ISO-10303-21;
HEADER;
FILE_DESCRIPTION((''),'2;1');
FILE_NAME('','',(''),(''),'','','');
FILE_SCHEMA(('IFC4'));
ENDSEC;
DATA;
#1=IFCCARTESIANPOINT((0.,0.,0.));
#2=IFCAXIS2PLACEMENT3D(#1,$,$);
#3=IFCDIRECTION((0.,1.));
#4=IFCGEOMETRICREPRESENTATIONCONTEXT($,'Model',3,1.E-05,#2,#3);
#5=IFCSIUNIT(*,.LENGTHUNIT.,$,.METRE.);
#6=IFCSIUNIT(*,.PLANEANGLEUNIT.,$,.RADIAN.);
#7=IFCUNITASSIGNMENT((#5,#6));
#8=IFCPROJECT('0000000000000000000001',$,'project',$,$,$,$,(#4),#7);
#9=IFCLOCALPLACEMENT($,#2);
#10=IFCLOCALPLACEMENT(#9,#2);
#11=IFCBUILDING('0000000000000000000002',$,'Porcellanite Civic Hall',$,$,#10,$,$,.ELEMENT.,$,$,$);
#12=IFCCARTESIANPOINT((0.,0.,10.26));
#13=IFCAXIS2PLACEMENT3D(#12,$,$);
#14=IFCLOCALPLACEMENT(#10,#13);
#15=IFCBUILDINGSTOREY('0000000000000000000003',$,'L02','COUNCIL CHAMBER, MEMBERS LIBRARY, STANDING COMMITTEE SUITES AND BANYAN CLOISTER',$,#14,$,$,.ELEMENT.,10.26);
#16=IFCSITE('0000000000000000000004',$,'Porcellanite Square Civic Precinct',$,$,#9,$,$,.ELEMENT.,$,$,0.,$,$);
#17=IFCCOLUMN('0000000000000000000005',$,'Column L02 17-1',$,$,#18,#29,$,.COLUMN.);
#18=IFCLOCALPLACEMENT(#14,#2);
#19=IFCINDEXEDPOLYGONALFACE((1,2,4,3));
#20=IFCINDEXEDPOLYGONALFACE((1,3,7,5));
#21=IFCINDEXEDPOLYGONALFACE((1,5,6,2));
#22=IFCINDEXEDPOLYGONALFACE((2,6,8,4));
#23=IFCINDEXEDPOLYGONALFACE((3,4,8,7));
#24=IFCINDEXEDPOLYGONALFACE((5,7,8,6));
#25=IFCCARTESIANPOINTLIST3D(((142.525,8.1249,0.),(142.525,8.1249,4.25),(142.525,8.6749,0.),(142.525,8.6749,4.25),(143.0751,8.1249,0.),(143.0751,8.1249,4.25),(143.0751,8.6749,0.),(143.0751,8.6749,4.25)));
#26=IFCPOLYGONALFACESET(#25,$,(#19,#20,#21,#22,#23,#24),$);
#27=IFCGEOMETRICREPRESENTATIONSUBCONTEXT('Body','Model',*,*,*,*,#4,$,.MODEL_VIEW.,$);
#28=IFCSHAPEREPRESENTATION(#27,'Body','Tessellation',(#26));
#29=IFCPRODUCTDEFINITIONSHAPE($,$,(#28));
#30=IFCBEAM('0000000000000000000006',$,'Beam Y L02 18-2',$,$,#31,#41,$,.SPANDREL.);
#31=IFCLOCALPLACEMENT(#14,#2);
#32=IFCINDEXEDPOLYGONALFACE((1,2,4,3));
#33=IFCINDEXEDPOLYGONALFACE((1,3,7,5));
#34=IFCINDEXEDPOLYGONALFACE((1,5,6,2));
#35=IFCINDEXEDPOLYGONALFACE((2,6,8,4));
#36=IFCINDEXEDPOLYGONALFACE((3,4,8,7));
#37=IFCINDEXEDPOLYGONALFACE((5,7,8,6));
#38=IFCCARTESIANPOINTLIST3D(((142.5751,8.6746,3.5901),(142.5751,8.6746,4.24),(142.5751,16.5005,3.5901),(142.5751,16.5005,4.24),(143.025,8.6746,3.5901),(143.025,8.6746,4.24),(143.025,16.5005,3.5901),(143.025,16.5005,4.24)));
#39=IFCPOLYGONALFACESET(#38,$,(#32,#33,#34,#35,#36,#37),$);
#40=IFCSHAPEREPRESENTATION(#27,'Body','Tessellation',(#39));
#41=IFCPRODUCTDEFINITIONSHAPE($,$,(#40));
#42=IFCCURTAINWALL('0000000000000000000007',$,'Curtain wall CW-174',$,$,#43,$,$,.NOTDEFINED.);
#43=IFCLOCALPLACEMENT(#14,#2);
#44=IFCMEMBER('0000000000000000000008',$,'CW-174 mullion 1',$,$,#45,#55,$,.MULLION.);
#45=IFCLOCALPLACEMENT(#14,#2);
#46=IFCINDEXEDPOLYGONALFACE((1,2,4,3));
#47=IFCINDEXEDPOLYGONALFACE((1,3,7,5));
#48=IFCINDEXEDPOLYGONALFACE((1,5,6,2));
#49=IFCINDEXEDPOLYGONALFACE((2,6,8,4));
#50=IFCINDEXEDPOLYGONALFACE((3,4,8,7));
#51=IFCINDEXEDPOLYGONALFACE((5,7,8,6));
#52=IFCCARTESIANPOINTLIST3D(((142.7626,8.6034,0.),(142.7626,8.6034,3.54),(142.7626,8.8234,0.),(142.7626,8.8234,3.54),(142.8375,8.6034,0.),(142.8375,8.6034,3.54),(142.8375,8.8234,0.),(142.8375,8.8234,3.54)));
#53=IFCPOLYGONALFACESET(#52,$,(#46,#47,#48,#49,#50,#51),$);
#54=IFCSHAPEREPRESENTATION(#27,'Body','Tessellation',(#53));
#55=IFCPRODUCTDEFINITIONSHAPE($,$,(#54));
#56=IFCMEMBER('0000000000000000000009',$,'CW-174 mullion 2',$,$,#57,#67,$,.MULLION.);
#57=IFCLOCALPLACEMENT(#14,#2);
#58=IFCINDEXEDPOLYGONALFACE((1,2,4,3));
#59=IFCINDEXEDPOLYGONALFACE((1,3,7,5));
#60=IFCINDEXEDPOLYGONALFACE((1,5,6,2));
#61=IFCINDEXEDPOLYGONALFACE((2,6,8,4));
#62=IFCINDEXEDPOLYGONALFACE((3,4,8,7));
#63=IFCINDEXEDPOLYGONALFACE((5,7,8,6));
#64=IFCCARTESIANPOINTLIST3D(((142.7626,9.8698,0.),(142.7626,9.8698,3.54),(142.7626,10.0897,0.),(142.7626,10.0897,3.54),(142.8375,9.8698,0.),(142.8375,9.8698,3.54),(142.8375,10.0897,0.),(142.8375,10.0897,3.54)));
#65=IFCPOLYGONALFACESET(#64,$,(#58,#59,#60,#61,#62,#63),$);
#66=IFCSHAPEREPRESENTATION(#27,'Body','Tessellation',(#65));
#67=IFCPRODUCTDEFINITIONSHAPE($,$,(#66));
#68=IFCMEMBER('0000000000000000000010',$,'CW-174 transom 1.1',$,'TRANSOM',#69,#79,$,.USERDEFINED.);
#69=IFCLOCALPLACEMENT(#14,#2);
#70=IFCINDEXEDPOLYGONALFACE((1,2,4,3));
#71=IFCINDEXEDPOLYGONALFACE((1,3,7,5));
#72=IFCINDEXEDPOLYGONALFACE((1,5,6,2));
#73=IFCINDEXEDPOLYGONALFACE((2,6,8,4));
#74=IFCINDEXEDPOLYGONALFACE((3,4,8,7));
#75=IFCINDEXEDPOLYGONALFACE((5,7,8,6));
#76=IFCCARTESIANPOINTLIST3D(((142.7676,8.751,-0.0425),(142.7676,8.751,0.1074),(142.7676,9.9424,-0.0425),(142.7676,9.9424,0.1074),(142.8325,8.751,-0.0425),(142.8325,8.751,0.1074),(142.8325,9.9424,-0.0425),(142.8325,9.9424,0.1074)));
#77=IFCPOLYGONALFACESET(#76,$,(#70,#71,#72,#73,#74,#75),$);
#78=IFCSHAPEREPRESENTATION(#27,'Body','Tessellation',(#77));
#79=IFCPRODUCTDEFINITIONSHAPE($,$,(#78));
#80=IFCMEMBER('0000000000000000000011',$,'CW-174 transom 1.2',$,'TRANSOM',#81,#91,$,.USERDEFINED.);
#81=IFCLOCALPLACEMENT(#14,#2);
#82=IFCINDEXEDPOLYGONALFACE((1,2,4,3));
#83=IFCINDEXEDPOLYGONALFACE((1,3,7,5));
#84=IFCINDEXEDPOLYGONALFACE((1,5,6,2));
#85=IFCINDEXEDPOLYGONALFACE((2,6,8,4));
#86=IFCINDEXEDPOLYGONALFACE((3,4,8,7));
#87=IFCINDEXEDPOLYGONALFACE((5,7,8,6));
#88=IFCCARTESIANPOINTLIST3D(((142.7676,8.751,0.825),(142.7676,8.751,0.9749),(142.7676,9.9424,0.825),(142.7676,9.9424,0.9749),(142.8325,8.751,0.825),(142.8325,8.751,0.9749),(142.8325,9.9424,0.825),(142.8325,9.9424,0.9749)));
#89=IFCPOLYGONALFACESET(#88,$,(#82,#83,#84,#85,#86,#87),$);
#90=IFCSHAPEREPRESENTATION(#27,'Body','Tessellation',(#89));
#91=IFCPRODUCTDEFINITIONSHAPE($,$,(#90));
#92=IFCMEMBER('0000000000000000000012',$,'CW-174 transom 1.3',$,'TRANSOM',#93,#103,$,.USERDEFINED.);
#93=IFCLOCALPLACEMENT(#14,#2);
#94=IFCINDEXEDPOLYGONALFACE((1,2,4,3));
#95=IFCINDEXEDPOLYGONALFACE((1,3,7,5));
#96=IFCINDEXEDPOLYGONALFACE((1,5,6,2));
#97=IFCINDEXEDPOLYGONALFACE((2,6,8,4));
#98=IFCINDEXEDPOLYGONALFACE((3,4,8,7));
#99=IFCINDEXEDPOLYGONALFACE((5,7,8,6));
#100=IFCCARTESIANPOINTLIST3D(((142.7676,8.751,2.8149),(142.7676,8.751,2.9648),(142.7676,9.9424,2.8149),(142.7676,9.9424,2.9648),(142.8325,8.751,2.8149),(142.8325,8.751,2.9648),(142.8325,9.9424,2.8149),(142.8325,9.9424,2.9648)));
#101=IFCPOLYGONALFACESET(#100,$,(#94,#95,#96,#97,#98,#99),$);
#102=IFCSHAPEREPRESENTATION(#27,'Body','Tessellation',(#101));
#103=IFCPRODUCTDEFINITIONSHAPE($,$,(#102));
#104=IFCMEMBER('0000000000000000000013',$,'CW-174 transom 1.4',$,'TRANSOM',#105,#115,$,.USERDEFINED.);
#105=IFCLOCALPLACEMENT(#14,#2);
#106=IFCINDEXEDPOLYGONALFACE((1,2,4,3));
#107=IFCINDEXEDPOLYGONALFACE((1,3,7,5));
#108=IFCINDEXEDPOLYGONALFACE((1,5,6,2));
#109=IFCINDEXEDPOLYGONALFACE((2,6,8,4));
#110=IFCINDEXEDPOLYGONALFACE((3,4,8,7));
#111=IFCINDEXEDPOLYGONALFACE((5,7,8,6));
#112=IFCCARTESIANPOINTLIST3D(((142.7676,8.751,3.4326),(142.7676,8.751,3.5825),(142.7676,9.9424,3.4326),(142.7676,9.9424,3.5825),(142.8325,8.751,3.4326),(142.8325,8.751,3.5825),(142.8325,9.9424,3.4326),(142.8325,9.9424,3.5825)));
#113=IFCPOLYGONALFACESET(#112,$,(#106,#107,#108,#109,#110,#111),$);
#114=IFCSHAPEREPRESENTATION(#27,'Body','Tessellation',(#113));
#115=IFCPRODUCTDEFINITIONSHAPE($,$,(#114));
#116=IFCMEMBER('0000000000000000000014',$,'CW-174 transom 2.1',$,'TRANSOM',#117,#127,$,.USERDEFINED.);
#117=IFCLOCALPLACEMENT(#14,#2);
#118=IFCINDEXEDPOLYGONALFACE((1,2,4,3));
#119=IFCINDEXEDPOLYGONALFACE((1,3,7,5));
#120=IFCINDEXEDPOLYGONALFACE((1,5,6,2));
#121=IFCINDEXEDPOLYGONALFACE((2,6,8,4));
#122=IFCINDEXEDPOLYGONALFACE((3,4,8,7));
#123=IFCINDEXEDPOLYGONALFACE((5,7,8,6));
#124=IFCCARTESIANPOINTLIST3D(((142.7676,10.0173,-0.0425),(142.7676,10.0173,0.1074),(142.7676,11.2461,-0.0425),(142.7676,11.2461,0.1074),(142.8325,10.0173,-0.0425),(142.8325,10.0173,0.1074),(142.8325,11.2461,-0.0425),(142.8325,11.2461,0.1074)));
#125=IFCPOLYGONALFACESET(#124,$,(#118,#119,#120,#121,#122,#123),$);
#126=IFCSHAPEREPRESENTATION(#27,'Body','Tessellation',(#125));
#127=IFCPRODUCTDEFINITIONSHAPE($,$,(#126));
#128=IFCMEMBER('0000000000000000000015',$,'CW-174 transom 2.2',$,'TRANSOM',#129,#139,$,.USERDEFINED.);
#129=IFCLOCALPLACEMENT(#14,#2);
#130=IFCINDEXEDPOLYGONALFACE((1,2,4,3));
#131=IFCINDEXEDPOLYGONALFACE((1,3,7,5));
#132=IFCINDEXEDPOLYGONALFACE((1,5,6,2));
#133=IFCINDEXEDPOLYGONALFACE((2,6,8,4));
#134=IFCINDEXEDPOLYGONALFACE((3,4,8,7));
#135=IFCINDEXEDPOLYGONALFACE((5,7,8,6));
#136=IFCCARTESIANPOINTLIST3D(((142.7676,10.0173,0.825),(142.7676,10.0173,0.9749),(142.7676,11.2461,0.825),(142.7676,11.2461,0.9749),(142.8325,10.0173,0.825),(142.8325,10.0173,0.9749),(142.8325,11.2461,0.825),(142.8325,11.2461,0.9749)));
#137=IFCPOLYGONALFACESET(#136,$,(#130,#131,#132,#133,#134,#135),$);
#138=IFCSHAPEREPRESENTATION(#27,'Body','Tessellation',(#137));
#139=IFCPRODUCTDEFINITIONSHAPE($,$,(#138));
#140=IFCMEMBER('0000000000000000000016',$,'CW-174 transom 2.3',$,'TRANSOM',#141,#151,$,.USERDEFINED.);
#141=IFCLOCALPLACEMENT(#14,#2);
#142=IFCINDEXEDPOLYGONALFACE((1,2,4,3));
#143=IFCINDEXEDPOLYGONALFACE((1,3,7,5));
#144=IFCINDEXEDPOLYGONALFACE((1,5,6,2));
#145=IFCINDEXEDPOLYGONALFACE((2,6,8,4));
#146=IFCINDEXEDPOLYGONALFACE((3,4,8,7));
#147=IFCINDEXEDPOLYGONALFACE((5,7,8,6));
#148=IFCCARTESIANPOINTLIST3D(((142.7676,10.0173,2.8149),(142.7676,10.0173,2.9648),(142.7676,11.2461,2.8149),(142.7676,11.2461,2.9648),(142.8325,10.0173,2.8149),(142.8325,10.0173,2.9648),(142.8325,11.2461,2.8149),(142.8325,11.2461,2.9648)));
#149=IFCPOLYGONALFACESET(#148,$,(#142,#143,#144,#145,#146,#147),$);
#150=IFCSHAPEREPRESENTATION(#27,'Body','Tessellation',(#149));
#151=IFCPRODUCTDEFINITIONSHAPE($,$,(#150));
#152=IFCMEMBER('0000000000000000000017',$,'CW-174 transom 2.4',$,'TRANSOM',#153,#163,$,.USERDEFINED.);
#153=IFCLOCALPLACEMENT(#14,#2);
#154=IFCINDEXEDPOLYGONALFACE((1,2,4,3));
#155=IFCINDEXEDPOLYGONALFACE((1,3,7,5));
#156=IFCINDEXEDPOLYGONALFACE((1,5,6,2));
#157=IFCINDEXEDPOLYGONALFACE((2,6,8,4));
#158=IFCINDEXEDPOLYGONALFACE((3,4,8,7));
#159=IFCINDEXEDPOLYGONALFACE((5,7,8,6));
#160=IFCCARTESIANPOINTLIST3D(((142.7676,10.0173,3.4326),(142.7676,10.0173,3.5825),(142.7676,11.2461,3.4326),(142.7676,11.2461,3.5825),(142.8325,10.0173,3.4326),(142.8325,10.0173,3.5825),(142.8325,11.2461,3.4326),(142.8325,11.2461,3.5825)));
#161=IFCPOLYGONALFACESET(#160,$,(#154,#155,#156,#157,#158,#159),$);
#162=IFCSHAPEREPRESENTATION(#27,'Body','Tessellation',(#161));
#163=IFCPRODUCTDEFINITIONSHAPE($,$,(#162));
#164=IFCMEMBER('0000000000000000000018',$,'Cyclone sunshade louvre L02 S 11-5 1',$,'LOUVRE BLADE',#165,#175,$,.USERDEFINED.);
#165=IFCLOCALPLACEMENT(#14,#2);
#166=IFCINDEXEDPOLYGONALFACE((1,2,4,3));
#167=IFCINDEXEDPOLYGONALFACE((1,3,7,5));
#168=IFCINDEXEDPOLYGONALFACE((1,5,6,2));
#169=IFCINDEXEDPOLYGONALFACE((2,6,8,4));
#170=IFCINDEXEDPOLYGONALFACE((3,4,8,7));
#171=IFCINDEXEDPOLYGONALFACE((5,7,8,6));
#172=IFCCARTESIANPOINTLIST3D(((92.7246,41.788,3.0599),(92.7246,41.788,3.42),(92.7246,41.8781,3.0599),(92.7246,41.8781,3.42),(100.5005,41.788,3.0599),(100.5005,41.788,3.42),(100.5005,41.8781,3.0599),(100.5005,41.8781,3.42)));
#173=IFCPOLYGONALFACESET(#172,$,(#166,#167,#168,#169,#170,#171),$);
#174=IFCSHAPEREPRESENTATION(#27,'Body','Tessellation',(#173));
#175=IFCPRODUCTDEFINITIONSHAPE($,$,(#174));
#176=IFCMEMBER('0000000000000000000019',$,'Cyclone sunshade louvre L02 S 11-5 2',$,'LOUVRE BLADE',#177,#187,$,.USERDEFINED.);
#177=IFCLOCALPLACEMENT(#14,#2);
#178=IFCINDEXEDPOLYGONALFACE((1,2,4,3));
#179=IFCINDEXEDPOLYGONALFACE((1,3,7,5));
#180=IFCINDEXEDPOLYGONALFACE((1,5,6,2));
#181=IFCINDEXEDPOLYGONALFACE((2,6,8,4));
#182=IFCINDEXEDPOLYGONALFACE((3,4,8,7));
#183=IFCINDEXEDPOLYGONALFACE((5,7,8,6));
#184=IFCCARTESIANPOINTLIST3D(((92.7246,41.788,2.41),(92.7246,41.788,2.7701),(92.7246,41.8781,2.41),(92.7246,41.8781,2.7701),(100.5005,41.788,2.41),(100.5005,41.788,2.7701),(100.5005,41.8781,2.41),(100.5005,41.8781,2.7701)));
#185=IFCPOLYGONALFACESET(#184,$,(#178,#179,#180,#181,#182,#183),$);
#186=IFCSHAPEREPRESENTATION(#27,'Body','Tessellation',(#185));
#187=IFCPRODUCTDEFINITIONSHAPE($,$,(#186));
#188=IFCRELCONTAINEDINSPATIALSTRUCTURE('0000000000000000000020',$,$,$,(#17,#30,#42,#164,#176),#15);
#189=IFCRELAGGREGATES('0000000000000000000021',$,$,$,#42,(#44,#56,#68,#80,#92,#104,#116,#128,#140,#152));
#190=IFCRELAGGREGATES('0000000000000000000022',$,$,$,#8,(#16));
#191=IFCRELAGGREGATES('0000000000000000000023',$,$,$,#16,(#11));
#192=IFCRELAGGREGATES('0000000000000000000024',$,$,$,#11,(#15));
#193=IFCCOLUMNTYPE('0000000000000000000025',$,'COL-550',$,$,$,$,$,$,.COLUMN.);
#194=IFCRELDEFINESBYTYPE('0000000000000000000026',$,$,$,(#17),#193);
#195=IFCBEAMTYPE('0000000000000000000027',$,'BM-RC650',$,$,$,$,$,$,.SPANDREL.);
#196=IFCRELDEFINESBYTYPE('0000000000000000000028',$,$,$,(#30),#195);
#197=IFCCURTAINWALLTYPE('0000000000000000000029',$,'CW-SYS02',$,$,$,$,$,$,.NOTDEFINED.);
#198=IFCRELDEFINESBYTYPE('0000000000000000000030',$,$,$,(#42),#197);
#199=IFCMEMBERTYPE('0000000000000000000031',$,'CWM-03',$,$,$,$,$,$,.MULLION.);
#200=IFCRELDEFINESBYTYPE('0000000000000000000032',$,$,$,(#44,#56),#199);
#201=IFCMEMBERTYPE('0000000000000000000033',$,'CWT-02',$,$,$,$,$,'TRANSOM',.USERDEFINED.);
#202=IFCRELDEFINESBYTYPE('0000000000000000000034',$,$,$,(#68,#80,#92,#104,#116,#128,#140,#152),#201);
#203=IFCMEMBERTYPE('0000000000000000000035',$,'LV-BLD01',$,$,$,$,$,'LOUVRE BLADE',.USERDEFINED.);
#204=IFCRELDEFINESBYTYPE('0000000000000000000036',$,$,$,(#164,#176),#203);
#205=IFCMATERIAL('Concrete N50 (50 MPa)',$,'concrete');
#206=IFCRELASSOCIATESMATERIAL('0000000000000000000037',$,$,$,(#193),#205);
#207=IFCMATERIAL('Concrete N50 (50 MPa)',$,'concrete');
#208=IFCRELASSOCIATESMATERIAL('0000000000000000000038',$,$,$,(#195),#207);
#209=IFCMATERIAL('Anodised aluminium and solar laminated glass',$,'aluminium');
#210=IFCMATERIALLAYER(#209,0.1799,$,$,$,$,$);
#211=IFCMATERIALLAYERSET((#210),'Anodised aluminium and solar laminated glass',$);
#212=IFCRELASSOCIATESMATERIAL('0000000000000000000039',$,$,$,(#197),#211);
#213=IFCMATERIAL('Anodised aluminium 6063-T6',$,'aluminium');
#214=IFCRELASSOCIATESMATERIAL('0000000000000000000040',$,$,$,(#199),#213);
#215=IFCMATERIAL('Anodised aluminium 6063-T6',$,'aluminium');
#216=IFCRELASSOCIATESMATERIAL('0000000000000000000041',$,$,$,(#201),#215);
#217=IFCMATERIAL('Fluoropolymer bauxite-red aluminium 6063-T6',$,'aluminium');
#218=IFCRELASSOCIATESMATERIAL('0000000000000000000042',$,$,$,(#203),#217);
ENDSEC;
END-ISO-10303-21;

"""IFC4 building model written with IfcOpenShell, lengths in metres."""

from ifc_helpers import new_model, si_unit, direction, frame, origin, origin_2d, place, context, subcontext, project, spatial, rectangle, extrude, material, layer, layer_set, material_profile, profile_set, type_object, element, aggregate, save


model = new_model("IFC4")

# Units and contexts
model_context = context("Model", 3, precision=1e-05, world=origin(), true_north=direction((0.0, 1.0)))
body_context = subcontext(model_context, "Body", "Model", "MODEL_VIEW")
ifc_project = project(units=[si_unit("LENGTHUNIT", "METRE"), si_unit("PLANEANGLEUNIT", "RADIAN")], contexts=[model_context])

# Site, building, storey
site_placement = place(None, origin())
site = spatial("IfcSite", under=ifc_project, at=site_placement, Name="Porcellanite Square Civic Precinct", CompositionType="ELEMENT", RefElevation=0.0)
building_placement = place(site_placement, origin())
building = spatial("IfcBuilding", under=site, at=building_placement, Name="Porcellanite Civic Hall", CompositionType="ELEMENT")
storey_placement = place(building_placement, frame((0.0, 0.0, 10.26)))
storey = spatial("IfcBuildingStorey", under=building, at=storey_placement, Name="L02", Description="COUNCIL CHAMBER, MEMBERS LIBRARY, STANDING COMMITTEE SUITES AND BANYAN CLOISTER", CompositionType="ELEMENT", Elevation=10.26)

# Column
ifc_material_1 = material(Name="Concrete N50 (50 MPa)", Category="concrete")
ifc_material_profile_1 = material_profile(ifc_material_1, rectangle(XDim=0.55, YDim=0.55, at=origin_2d()), Name="RC-550x550")
ifc_profile_set_1 = profile_set([ifc_material_profile_1], Name="Concrete N50 (50 MPa)")
column_type = type_object("IfcColumnType", Name="COL-550", PredefinedType="COLUMN", material=ifc_profile_set_1)
column_placement = place(storey_placement, frame((142.8, 8.3999, 0.0), z_axis=(0.0, 0.0, 1.0), x_axis=(1.0, 0.0, 0.0)))
element("IfcColumn", 1, at=column_placement, inside=storey, type_object=column_type, Name="Column L02 17-1", PredefinedType="COLUMN", context=body_context, shape_type="SweptSolid", body=[
    extrude(rectangle(XDim=0.55, YDim=0.55, at=origin_2d()), origin(), (0.0, 0.0, 1.0), 4.25),
])

# Beam
ifc_material_2 = material(Name="Concrete N50 (50 MPa)", Category="concrete")
ifc_material_profile_2 = material_profile(ifc_material_2, rectangle(XDim=0.45, YDim=0.6499, at=origin_2d()), Name="RC-450x650")
ifc_profile_set_2 = profile_set([ifc_material_profile_2], Name="Concrete N50 (50 MPa)")
beam_type = type_object("IfcBeamType", Name="BM-RC650", PredefinedType="SPANDREL", material=ifc_profile_set_2)
beam_placement = place(storey_placement, frame((142.8, 8.6746, 3.915), z_axis=(0.0, 1.0, 0.0), x_axis=(-1.0, 0.0, 0.0)))
element("IfcBeam", 2, at=beam_placement, inside=storey, type_object=beam_type, Name="Beam Y L02 18-2", PredefinedType="SPANDREL", context=body_context, shape_type="SweptSolid", body=[
    extrude(rectangle(XDim=0.45, YDim=0.6499, at=origin_2d()), origin(), (0.0, 0.0, 1.0), 7.8259),
])

# Curtain wall, members
ifc_material_3 = material(Name="Anodised aluminium and solar laminated glass", Category="aluminium")
ifc_layer_1 = layer(ifc_material_3, 0.1799)
ifc_layer_set_1 = layer_set([ifc_layer_1], Name="Anodised aluminium and solar laminated glass")
curtain_wall_type = type_object("IfcCurtainWallType", Name="CW-SYS02", PredefinedType="NOTDEFINED", material=ifc_layer_set_1)
curtain_wall_placement = place(storey_placement, origin())
curtain_wall = element("IfcCurtainWall", 3, at=curtain_wall_placement, inside=storey, type_object=curtain_wall_type, Name="Curtain wall CW-174", PredefinedType="NOTDEFINED")
ifc_material_4 = material(Name="Anodised aluminium 6063-T6", Category="aluminium")
ifc_material_profile_3 = material_profile(ifc_material_4, rectangle(XDim=0.075, YDim=0.22, at=origin_2d()), Name="AL-75x220")
ifc_profile_set_3 = profile_set([ifc_material_profile_3], Name="Anodised aluminium 6063-T6")
member_type_1 = type_object("IfcMemberType", Name="CWM-03", PredefinedType="MULLION", material=ifc_profile_set_3)
member_1_placement = place(storey_placement, frame((142.8, 8.7134, 0.0), z_axis=(0.0, 0.0, 1.0), x_axis=(-1.0, 0.0, 0.0)))
member_1 = element("IfcMember", 4, at=member_1_placement, type_object=member_type_1, Name="CW-174 mullion 1", PredefinedType="MULLION", context=body_context, shape_type="SweptSolid", body=[
    extrude(rectangle(XDim=0.075, YDim=0.22, at=origin_2d()), origin(), (0.0, 0.0, 1.0), 3.54),
])
member_2_placement = place(storey_placement, frame((142.8, 9.9797, 0.0), z_axis=(0.0, 0.0, 1.0), x_axis=(-1.0, 0.0, 0.0)))
member_2 = element("IfcMember", 5, at=member_2_placement, type_object=member_type_1, Name="CW-174 mullion 2", PredefinedType="MULLION", context=body_context, shape_type="SweptSolid", body=[
    extrude(rectangle(XDim=0.075, YDim=0.22, at=origin_2d()), origin(), (0.0, 0.0, 1.0), 3.54),
])
ifc_material_5 = material(Name="Anodised aluminium 6063-T6", Category="aluminium")
ifc_material_profile_4 = material_profile(ifc_material_5, rectangle(XDim=0.0649, YDim=0.1499, at=origin_2d()), Name="AL-65x150")
ifc_profile_set_4 = profile_set([ifc_material_profile_4], Name="Anodised aluminium 6063-T6")
member_type_2 = type_object("IfcMemberType", Name="CWT-02", ElementType="TRANSOM", PredefinedType="USERDEFINED", material=ifc_profile_set_4)
member_3_placement = place(storey_placement, frame((142.8, 8.751, 0.0325), z_axis=(0.0, 1.0, 0.0), x_axis=(-1.0, 0.0, 0.0)))
member_3 = element("IfcMember", 6, at=member_3_placement, type_object=member_type_2, Name="CW-174 transom 1.1", ObjectType="TRANSOM", PredefinedType="USERDEFINED", context=body_context, shape_type="SweptSolid", body=[
    extrude(rectangle(XDim=0.0649, YDim=0.1499, at=origin_2d()), origin(), (0.0, 0.0, 1.0), 1.1914),
])
member_4_placement = place(storey_placement, frame((142.8, 8.751, 0.8999), z_axis=(0.0, 1.0, 0.0), x_axis=(-1.0, 0.0, 0.0)))
member_4 = element("IfcMember", 7, at=member_4_placement, type_object=member_type_2, Name="CW-174 transom 1.2", ObjectType="TRANSOM", PredefinedType="USERDEFINED", context=body_context, shape_type="SweptSolid", body=[
    extrude(rectangle(XDim=0.0649, YDim=0.1499, at=origin_2d()), origin(), (0.0, 0.0, 1.0), 1.1914),
])
member_5_placement = place(storey_placement, frame((142.8, 8.751, 2.8899), z_axis=(0.0, 1.0, 0.0), x_axis=(-1.0, 0.0, 0.0)))
member_5 = element("IfcMember", 8, at=member_5_placement, type_object=member_type_2, Name="CW-174 transom 1.3", ObjectType="TRANSOM", PredefinedType="USERDEFINED", context=body_context, shape_type="SweptSolid", body=[
    extrude(rectangle(XDim=0.0649, YDim=0.1499, at=origin_2d()), origin(), (0.0, 0.0, 1.0), 1.1914),
])
member_6_placement = place(storey_placement, frame((142.8, 8.751, 3.5076), z_axis=(0.0, 1.0, 0.0), x_axis=(-1.0, 0.0, 0.0)))
member_6 = element("IfcMember", 9, at=member_6_placement, type_object=member_type_2, Name="CW-174 transom 1.4", ObjectType="TRANSOM", PredefinedType="USERDEFINED", context=body_context, shape_type="SweptSolid", body=[
    extrude(rectangle(XDim=0.0649, YDim=0.1499, at=origin_2d()), origin(), (0.0, 0.0, 1.0), 1.1914),
])
member_7_placement = place(storey_placement, frame((142.8, 10.0173, 0.0325), z_axis=(0.0, 1.0, 0.0), x_axis=(-1.0, 0.0, 0.0)))
member_7 = element("IfcMember", 10, at=member_7_placement, type_object=member_type_2, Name="CW-174 transom 2.1", ObjectType="TRANSOM", PredefinedType="USERDEFINED", context=body_context, shape_type="SweptSolid", body=[
    extrude(rectangle(XDim=0.0649, YDim=0.1499, at=origin_2d()), origin(), (0.0, 0.0, 1.0), 1.2288),
])
member_8_placement = place(storey_placement, frame((142.8, 10.0173, 0.8999), z_axis=(0.0, 1.0, 0.0), x_axis=(-1.0, 0.0, 0.0)))
member_8 = element("IfcMember", 11, at=member_8_placement, type_object=member_type_2, Name="CW-174 transom 2.2", ObjectType="TRANSOM", PredefinedType="USERDEFINED", context=body_context, shape_type="SweptSolid", body=[
    extrude(rectangle(XDim=0.0649, YDim=0.1499, at=origin_2d()), origin(), (0.0, 0.0, 1.0), 1.2288),
])
member_9_placement = place(storey_placement, frame((142.8, 10.0173, 2.8899), z_axis=(0.0, 1.0, 0.0), x_axis=(-1.0, 0.0, 0.0)))
member_9 = element("IfcMember", 12, at=member_9_placement, type_object=member_type_2, Name="CW-174 transom 2.3", ObjectType="TRANSOM", PredefinedType="USERDEFINED", context=body_context, shape_type="SweptSolid", body=[
    extrude(rectangle(XDim=0.0649, YDim=0.1499, at=origin_2d()), origin(), (0.0, 0.0, 1.0), 1.2288),
])
member_10_placement = place(storey_placement, frame((142.8, 10.0173, 3.5076), z_axis=(0.0, 1.0, 0.0), x_axis=(-1.0, 0.0, 0.0)))
member_10 = element("IfcMember", 13, at=member_10_placement, type_object=member_type_2, Name="CW-174 transom 2.4", ObjectType="TRANSOM", PredefinedType="USERDEFINED", context=body_context, shape_type="SweptSolid", body=[
    extrude(rectangle(XDim=0.0649, YDim=0.1499, at=origin_2d()), origin(), (0.0, 0.0, 1.0), 1.2288),
])

# Members
ifc_material_6 = material(Name="Fluoropolymer bauxite-red aluminium 6063-T6", Category="aluminium")
ifc_material_profile_5 = material_profile(ifc_material_6, rectangle(XDim=0.0901, YDim=0.3601, at=origin_2d()), Name="AL-90x360")
ifc_profile_set_5 = profile_set([ifc_material_profile_5], Name="Fluoropolymer bauxite-red aluminium 6063-T6")
member_type_3 = type_object("IfcMemberType", Name="LV-BLD01", ElementType="LOUVRE BLADE", PredefinedType="USERDEFINED", material=ifc_profile_set_5)
for number, where, z_axis, x_axis, name in (
    (14, (100.5005, 41.833, 3.24), (-1.0, 0.0, 0.0), (0.0, -1.0, 0.0), "Cyclone sunshade louvre L02 S 11-5 1"),
    (15, (100.5005, 41.833, 2.5901), (-1.0, 0.0, 0.0), (0.0, -1.0, 0.0), "Cyclone sunshade louvre L02 S 11-5 2"),
):
    element("IfcMember", number, at=place(storey_placement, frame(where, z_axis=z_axis, x_axis=x_axis)), inside=storey, type_object=member_type_3, Name=name, ObjectType="LOUVRE BLADE", PredefinedType="USERDEFINED", context=body_context, shape_type="SweptSolid", body=[
        extrude(rectangle(XDim=0.0901, YDim=0.3601, at=origin_2d()), origin(), (0.0, 0.0, 1.0), 7.7759),
    ])

aggregate(curtain_wall, [member_1, member_2, member_3, member_4, member_5, member_6, member_7, member_8, member_9, member_10])

save(model, "model.ifc")
